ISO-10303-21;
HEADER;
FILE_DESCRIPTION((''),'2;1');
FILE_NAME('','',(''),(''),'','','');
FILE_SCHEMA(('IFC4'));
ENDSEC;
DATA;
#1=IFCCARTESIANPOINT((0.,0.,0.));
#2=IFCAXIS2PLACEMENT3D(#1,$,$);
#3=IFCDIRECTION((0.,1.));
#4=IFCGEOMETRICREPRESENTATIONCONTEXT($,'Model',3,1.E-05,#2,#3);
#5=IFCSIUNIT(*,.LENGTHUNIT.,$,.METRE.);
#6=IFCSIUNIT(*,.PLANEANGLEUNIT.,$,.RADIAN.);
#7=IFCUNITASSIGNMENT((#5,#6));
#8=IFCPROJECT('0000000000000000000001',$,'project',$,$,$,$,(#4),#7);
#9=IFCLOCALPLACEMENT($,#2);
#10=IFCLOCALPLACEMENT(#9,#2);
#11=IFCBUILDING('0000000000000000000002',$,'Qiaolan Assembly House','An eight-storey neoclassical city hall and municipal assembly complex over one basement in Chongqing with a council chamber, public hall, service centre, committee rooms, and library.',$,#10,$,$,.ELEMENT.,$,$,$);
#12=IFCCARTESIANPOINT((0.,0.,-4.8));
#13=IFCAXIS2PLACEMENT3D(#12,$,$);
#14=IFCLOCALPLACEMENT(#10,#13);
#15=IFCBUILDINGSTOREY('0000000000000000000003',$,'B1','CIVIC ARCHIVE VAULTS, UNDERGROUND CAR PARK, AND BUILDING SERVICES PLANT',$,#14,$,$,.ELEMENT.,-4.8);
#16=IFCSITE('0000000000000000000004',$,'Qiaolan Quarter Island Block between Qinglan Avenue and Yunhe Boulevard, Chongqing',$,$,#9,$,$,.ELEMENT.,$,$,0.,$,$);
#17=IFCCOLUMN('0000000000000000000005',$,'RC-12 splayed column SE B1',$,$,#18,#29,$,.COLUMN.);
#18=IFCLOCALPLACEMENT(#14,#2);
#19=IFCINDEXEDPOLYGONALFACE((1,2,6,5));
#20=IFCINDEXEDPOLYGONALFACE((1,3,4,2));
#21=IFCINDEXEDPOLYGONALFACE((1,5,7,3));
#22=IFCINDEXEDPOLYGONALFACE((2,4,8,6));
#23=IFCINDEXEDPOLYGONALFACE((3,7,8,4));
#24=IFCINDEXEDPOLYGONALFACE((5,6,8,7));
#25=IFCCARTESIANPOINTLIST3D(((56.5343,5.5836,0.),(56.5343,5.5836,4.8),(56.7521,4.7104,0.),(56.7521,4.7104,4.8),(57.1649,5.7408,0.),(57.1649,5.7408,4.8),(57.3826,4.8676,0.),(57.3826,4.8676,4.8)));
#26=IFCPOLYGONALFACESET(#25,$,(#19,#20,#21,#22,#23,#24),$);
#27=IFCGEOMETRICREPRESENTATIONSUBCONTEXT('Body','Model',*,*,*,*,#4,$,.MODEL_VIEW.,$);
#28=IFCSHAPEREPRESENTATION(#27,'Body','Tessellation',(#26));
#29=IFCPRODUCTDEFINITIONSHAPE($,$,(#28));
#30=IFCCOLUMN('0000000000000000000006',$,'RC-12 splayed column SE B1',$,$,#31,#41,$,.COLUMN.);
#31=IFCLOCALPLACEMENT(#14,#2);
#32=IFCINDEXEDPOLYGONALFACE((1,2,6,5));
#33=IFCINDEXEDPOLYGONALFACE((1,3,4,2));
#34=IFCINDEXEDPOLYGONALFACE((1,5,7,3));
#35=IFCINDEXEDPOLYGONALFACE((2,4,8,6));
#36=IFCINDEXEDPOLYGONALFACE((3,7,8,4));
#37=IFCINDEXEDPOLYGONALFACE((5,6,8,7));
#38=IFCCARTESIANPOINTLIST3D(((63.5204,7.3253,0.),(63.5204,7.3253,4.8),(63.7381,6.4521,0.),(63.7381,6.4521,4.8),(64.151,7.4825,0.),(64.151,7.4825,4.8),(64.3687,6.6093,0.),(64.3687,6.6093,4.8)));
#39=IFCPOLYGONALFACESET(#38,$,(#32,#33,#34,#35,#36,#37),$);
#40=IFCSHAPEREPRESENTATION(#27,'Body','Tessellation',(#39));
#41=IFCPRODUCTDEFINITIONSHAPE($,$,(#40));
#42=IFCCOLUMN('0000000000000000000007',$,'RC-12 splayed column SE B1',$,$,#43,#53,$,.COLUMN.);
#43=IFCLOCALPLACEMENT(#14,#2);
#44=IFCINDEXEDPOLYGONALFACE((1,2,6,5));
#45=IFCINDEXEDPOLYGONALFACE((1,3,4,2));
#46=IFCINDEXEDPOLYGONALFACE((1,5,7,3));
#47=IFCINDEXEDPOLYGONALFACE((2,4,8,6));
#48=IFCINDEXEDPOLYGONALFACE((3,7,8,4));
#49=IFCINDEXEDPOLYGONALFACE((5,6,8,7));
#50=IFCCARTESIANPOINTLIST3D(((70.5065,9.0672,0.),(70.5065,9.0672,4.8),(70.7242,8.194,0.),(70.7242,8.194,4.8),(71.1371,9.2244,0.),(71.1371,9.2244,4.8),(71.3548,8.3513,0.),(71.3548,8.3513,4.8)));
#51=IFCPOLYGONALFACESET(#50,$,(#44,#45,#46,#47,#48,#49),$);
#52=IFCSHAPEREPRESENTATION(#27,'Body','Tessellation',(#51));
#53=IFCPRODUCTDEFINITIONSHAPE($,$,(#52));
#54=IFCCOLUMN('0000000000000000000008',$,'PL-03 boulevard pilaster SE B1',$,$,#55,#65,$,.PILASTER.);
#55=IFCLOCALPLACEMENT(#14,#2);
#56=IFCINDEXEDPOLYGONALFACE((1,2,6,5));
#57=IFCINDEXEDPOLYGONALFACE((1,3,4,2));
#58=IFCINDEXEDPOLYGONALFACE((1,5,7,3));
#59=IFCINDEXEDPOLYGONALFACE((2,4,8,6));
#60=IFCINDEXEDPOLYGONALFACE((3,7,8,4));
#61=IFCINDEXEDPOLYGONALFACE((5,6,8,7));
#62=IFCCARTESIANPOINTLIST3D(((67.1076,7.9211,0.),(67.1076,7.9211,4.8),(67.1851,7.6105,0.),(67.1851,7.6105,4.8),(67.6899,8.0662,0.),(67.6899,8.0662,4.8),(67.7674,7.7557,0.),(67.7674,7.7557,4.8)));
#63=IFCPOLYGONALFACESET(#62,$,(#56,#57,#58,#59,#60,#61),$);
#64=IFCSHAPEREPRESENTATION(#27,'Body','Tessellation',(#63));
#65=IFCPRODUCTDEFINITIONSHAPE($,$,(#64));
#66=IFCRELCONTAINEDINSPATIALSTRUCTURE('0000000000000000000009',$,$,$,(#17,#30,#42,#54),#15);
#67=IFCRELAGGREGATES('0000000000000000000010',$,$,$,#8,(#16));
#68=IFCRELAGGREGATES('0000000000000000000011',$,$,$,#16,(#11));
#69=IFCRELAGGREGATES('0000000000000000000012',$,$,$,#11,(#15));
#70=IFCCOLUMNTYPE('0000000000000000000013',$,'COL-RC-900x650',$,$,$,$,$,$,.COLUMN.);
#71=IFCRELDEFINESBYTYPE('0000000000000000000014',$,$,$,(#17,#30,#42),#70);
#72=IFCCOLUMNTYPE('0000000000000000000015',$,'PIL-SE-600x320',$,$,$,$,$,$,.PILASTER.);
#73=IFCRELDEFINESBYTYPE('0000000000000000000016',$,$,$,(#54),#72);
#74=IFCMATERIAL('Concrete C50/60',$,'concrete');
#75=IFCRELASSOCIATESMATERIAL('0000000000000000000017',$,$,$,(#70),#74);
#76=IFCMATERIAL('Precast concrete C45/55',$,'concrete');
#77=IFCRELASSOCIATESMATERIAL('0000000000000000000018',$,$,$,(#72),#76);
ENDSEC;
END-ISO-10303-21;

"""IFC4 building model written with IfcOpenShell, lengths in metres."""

from ifc_helpers import new_model, si_unit, direction, frame, origin, origin_2d, place, context, subcontext, project, spatial, rectangle, extrude, material, material_profile, profile_set, type_object, element, save


model = new_model("IFC4")

# Units and contexts
model_context = context("Model", 3, precision=1e-05, world=origin(), true_north=direction((0.0, 1.0)))
body_context = subcontext(model_context, "Body", "Model", "MODEL_VIEW")
ifc_project = project(units=[si_unit("LENGTHUNIT", "METRE"), si_unit("PLANEANGLEUNIT", "RADIAN")], contexts=[model_context])

# Site, building, storey
site_placement = place(None, origin())
site = spatial("IfcSite", under=ifc_project, at=site_placement, Name="Qiaolan Quarter Island Block between Qinglan Avenue and Yunhe Boulevard, Chongqing", CompositionType="ELEMENT", RefElevation=0.0)
building_placement = place(site_placement, origin())
building = spatial("IfcBuilding", under=site, at=building_placement, Name="Qiaolan Assembly House", Description="An eight-storey neoclassical city hall and municipal assembly complex over one basement in Chongqing with a council chamber, public hall, service centre, committee rooms, and library.", CompositionType="ELEMENT")
storey_placement = place(building_placement, frame((0.0, 0.0, -4.8)))
storey = spatial("IfcBuildingStorey", under=building, at=storey_placement, Name="B1", Description="CIVIC ARCHIVE VAULTS, UNDERGROUND CAR PARK, AND BUILDING SERVICES PLANT", CompositionType="ELEMENT", Elevation=-4.8)

# Columns
ifc_material_1 = material(Name="Concrete C50/60", Category="concrete")
ifc_material_profile_1 = material_profile(ifc_material_1, rectangle(XDim=0.6499, YDim=0.8999, at=origin_2d()), Name="RC 900x650")
ifc_profile_set_1 = profile_set([ifc_material_profile_1], Name="Concrete C50/60")
column_type_1 = type_object("IfcColumnType", Name="COL-RC-900x650", PredefinedType="COLUMN", material=ifc_profile_set_1)
for number, where, z_axis, x_axis, name in (
    (1, (56.9585, 5.2256, 0.0), (0.0, 0.0, 1.0), (0.970296, 0.241922, 0.0), "RC-12 splayed column SE B1"),
    (2, (63.9446, 6.9673, 0.0), (0.0, 0.0, 1.0), (0.970296, 0.241922, 0.0), "RC-12 splayed column SE B1"),
    (3, (70.9307, 8.7092, 0.0), (0.0, 0.0, 1.0), (0.970296, 0.241922, 0.0), "RC-12 splayed column SE B1"),
):
    element("IfcColumn", number, at=place(storey_placement, frame(where, z_axis=z_axis, x_axis=x_axis)), inside=storey, type_object=column_type_1, Name=name, PredefinedType="COLUMN", context=body_context, shape_type="SweptSolid", body=[
        extrude(rectangle(XDim=0.6499, YDim=0.8999, at=origin_2d()), origin(), (0.0, 0.0, 1.0), 4.8),
    ])
ifc_material_2 = material(Name="Precast concrete C45/55", Category="concrete")
ifc_material_profile_2 = material_profile(ifc_material_2, rectangle(XDim=0.6001, YDim=0.3201, at=origin_2d()), Name="PIL 600x320")
ifc_profile_set_2 = profile_set([ifc_material_profile_2], Name="Precast concrete C45/55")
column_type_2 = type_object("IfcColumnType", Name="PIL-SE-600x320", PredefinedType="PILASTER", material=ifc_profile_set_2)
column_placement = place(storey_placement, frame((67.4375, 7.8384, 0.0), z_axis=(0.0, 0.0, 1.0), x_axis=(0.970296, 0.241922, 0.0)))
element("IfcColumn", 4, at=column_placement, inside=storey, type_object=column_type_2, Name="PL-03 boulevard pilaster SE B1", PredefinedType="PILASTER", context=body_context, shape_type="SweptSolid", body=[
    extrude(rectangle(XDim=0.6001, YDim=0.3201, at=origin_2d()), origin(), (0.0, 0.0, 1.0), 4.8),
])

save(model, "model.ifc")
